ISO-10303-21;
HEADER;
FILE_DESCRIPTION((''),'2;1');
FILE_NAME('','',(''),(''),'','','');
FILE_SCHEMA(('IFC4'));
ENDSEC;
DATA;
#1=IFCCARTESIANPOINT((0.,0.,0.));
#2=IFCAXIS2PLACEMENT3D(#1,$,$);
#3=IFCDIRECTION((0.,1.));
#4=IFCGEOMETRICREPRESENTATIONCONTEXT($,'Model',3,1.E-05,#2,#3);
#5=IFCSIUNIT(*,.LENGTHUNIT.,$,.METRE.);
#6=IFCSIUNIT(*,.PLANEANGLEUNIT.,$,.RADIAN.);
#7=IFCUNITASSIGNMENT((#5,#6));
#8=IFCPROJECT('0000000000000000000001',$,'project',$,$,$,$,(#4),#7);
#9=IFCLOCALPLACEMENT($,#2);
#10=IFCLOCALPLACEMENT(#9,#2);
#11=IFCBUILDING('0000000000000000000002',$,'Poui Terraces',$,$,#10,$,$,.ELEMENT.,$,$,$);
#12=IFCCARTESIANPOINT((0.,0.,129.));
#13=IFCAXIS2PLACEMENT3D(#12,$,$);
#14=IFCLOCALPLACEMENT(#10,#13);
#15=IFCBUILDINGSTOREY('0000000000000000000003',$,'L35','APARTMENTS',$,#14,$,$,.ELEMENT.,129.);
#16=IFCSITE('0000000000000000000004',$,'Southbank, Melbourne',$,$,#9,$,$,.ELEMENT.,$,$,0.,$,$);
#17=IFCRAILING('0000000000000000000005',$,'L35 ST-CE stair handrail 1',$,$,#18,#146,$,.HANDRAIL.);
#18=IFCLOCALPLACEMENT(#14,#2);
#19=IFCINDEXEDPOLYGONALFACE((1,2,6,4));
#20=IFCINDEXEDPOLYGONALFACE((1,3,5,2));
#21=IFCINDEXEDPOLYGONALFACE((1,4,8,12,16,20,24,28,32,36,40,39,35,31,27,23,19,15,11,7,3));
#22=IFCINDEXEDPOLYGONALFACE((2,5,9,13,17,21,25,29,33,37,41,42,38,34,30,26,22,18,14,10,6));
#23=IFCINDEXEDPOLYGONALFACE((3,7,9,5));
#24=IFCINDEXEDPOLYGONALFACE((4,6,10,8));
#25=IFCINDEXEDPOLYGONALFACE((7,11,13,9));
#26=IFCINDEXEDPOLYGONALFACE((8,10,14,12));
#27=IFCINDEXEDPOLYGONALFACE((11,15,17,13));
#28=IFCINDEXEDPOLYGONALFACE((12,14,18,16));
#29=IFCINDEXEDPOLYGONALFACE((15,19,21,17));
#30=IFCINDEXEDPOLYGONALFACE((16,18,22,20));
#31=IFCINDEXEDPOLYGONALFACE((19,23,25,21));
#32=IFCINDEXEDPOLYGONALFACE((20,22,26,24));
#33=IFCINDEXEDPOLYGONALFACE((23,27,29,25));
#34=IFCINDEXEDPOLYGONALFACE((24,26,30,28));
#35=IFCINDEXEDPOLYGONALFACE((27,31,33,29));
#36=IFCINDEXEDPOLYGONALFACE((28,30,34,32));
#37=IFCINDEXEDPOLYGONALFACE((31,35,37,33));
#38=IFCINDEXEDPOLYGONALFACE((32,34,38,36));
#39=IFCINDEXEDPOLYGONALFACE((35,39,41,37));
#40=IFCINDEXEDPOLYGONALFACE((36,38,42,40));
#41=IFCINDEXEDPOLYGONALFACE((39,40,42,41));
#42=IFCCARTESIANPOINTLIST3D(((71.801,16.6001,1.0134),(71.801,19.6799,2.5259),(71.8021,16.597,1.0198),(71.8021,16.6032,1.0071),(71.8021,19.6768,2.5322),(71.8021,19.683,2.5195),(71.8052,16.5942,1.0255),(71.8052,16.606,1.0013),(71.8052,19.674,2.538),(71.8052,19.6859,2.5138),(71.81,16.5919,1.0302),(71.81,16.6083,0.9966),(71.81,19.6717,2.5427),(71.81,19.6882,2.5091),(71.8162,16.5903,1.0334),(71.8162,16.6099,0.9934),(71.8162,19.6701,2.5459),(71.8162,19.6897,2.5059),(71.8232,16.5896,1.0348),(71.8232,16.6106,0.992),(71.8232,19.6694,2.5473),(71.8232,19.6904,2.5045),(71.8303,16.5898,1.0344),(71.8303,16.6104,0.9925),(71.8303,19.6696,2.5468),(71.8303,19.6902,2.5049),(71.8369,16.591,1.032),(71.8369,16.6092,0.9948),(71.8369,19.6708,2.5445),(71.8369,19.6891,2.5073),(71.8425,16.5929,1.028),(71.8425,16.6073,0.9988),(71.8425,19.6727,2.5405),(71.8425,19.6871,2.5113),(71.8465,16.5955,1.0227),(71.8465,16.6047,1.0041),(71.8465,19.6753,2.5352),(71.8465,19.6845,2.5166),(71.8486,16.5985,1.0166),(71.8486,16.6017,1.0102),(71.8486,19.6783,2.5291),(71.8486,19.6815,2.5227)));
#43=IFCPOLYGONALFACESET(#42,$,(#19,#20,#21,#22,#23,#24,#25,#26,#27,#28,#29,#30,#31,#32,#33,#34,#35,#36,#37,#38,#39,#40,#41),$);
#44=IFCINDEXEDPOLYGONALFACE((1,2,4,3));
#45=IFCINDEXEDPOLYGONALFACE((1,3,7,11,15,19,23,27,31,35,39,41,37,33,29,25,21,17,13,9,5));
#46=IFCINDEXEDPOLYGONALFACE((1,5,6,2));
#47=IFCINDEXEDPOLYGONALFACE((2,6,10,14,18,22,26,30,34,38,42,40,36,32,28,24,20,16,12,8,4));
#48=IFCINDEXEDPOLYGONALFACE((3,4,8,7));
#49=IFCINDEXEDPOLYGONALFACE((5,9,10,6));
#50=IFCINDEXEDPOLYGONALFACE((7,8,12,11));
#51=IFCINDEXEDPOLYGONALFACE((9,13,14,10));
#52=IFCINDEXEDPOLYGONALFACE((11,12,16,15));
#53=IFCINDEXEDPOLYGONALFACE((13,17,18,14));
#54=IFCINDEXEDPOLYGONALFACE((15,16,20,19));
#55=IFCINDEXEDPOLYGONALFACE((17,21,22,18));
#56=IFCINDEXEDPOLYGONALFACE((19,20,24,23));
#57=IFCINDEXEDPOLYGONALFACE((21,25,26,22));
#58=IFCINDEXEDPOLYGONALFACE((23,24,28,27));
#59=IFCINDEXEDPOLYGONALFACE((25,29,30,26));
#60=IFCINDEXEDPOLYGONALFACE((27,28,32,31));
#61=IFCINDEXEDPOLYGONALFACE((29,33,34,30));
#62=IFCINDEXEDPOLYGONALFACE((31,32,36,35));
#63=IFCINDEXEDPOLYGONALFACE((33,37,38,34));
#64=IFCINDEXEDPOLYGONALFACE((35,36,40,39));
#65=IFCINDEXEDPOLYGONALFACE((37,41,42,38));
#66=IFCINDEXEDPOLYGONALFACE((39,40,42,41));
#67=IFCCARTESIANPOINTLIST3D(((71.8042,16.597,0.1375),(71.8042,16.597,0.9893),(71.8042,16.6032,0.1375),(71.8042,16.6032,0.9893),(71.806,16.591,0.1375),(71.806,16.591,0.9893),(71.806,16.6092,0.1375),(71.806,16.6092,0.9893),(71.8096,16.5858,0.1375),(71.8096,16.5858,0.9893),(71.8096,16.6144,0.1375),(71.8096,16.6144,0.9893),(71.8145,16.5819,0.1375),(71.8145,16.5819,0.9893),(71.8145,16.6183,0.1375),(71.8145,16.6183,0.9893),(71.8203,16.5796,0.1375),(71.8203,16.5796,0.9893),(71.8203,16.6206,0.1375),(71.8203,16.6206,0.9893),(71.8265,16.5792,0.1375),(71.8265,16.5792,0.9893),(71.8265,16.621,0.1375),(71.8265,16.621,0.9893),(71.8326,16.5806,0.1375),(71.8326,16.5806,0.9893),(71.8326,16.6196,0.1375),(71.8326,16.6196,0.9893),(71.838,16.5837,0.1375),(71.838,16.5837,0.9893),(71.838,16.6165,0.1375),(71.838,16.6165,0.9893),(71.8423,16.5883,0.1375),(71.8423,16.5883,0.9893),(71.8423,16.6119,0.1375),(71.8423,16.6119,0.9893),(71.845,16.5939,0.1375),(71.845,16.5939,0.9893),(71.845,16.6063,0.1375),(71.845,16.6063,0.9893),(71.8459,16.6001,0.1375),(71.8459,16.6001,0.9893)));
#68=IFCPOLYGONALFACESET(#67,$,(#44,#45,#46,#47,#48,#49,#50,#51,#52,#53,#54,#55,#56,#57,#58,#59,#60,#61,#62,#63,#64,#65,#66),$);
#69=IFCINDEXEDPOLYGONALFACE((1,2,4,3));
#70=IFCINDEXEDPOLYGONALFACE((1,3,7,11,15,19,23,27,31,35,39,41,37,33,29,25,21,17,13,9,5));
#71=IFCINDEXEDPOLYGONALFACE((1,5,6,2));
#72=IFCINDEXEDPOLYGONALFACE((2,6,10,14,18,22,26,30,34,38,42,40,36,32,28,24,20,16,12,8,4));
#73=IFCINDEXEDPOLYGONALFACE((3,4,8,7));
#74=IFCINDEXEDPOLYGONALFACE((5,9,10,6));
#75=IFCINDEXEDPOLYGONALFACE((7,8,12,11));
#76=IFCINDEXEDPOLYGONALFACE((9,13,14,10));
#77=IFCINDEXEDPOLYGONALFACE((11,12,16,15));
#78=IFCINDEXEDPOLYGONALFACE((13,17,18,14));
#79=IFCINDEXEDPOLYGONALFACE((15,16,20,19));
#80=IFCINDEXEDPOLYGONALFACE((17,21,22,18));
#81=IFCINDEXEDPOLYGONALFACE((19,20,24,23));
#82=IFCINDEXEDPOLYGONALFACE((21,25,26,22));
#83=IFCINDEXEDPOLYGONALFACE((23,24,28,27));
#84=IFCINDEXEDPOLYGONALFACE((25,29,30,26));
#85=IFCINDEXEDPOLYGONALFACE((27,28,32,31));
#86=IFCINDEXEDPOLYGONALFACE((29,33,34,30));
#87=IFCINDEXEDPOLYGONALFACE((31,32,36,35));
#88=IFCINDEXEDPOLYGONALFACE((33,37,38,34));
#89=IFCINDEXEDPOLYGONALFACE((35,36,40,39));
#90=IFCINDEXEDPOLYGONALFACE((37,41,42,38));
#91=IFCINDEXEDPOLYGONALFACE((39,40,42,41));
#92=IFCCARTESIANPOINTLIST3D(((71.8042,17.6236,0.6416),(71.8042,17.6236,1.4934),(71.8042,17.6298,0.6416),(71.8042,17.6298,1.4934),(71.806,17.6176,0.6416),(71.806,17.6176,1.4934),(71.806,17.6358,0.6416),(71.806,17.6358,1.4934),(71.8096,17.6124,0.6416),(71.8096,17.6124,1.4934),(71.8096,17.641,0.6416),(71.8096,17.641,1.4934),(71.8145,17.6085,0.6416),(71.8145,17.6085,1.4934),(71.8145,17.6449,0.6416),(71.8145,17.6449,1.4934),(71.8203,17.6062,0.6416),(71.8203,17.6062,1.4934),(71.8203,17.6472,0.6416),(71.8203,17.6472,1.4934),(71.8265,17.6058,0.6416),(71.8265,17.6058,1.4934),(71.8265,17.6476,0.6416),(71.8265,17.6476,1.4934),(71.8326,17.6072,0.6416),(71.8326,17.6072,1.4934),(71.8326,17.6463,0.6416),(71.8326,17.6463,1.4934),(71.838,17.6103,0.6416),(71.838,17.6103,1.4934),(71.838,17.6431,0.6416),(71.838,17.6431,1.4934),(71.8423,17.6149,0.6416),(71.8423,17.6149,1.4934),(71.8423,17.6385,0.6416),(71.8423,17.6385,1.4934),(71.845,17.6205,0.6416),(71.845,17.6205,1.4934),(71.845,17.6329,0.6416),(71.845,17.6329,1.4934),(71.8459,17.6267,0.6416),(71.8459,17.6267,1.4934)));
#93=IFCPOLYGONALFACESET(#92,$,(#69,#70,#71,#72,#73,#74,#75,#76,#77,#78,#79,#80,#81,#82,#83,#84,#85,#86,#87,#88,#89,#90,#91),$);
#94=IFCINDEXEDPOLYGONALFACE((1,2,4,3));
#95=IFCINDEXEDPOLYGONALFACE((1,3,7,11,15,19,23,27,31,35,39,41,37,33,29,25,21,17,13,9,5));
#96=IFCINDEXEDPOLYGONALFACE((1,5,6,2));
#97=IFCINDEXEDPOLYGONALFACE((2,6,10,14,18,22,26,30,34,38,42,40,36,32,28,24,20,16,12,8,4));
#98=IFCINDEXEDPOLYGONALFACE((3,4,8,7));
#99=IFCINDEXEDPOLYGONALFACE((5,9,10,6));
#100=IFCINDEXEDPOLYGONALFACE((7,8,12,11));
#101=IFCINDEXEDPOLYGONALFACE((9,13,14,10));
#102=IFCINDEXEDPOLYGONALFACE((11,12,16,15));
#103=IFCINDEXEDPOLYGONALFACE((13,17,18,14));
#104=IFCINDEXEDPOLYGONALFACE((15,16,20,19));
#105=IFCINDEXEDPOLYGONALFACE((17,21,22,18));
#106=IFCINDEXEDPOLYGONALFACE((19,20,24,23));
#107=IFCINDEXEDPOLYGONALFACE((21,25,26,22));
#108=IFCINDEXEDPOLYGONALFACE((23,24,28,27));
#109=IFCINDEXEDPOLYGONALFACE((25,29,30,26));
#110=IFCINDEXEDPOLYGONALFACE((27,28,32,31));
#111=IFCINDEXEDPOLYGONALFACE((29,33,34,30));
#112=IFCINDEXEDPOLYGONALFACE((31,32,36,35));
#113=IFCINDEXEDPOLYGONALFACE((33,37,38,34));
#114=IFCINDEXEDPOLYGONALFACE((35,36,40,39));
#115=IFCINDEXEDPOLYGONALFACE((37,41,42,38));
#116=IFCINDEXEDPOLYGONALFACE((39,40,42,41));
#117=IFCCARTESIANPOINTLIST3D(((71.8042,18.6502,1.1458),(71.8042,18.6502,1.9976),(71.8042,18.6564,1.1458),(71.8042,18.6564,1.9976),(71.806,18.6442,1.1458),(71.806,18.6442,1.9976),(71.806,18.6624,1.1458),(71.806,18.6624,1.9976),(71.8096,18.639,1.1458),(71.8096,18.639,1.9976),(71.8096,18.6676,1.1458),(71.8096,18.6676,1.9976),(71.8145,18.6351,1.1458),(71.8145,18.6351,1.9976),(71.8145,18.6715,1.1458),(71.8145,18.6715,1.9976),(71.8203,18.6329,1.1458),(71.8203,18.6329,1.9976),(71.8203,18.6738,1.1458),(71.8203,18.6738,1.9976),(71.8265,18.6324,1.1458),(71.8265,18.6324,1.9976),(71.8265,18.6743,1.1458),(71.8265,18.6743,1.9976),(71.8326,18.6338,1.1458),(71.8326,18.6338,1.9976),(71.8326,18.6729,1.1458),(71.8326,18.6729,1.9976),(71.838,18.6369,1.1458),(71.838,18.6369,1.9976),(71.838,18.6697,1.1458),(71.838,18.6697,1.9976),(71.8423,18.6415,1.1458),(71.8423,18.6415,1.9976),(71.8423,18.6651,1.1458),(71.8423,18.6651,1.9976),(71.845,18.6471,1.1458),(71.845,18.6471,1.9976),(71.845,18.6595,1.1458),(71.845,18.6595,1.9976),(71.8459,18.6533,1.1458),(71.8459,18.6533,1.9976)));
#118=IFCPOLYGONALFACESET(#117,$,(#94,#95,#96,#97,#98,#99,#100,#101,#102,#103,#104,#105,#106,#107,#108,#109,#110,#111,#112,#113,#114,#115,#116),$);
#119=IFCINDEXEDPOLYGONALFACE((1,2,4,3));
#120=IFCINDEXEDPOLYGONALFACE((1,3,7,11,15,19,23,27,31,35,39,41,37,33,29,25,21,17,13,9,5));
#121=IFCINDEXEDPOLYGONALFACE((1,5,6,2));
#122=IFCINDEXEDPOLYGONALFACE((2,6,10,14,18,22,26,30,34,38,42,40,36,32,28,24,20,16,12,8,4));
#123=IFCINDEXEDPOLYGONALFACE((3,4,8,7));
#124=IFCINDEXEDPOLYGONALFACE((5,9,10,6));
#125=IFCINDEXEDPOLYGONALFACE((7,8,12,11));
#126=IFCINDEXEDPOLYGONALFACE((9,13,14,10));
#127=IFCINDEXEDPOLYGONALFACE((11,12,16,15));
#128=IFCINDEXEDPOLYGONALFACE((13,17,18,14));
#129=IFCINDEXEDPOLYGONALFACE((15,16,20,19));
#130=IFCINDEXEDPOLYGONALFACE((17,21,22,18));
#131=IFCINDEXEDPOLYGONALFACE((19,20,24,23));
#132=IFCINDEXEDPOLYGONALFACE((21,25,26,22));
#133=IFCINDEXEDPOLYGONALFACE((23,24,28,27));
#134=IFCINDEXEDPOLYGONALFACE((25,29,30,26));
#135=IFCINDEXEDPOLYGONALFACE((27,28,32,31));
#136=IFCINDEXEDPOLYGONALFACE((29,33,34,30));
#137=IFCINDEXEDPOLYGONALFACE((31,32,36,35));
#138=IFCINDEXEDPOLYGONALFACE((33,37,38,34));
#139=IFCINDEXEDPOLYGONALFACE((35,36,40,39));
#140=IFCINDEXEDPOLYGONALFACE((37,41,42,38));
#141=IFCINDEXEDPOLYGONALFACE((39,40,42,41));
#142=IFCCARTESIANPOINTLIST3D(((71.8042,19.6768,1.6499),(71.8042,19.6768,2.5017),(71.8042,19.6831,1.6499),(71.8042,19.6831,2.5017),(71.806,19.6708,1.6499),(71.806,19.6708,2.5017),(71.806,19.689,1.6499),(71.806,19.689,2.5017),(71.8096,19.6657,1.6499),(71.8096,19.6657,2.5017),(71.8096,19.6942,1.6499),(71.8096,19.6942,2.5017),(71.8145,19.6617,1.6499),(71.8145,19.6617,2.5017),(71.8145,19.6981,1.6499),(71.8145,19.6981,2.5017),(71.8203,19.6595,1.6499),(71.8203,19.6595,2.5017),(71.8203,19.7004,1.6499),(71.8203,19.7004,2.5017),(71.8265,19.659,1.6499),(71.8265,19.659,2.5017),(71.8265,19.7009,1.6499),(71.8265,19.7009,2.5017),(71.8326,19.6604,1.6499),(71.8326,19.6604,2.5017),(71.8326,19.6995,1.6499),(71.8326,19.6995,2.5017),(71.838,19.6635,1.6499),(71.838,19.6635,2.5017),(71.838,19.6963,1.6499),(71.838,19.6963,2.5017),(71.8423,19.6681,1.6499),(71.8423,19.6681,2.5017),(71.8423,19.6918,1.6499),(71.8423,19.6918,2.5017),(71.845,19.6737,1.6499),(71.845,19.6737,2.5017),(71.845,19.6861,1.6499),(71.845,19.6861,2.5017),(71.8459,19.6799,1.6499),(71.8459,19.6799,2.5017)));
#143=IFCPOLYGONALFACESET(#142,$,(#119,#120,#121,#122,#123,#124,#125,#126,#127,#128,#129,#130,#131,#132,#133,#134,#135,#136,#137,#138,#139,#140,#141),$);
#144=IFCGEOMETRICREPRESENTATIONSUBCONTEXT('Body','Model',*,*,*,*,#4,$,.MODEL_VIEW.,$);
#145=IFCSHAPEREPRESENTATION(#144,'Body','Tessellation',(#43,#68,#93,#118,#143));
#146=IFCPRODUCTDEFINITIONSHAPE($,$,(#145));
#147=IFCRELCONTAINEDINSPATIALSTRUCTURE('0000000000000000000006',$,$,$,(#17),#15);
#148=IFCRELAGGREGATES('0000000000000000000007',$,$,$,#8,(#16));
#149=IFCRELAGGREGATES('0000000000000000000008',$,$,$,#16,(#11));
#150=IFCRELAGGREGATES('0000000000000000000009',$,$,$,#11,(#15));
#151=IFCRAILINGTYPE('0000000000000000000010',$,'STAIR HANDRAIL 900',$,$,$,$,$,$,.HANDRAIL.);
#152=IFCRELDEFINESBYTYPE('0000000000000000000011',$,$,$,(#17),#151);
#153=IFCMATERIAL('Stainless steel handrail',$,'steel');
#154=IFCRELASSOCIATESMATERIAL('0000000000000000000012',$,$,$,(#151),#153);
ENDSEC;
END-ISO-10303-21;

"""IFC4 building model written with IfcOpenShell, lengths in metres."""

from ifc_helpers import new_model, si_unit, direction, frame, origin, origin_2d, place, context, subcontext, project, spatial, circle, extrude, material, type_object, element, save


model = new_model("IFC4")

# Units and contexts
model_context = context("Model", 3, precision=1e-05, world=origin(), true_north=direction((0.0, 1.0)))
body_context = subcontext(model_context, "Body", "Model", "MODEL_VIEW")
ifc_project = project(units=[si_unit("LENGTHUNIT", "METRE"), si_unit("PLANEANGLEUNIT", "RADIAN")], contexts=[model_context])

# Site, building, storey
site_placement = place(None, origin())
site = spatial("IfcSite", under=ifc_project, at=site_placement, Name="Southbank, Melbourne", CompositionType="ELEMENT", RefElevation=0.0)
building_placement = place(site_placement, origin())
building = spatial("IfcBuilding", under=site, at=building_placement, Name="Poui Terraces", CompositionType="ELEMENT")
storey_placement = place(building_placement, frame((0.0, 0.0, 129.0)))
storey = spatial("IfcBuildingStorey", under=building, at=storey_placement, Name="L35", Description="APARTMENTS", CompositionType="ELEMENT", Elevation=129.0)

# Railing
ifc_material_1 = material(Name="Stainless steel handrail", Category="steel")
railing_type_1 = type_object("IfcRailingType", Name="STAIR HANDRAIL 900", PredefinedType="HANDRAIL", material=ifc_material_1)
railing_1_placement = place(storey_placement, frame((71.825, 16.6001, 0.1375)))
element("IfcRailing", 1, at=railing_1_placement, inside=storey, type_object=railing_type_1, Name="L35 ST-CE stair handrail 1", PredefinedType="HANDRAIL", context=body_context, shape_type="SweptSolid", body=[
    extrude(circle(Radius=0.0239, at=origin_2d()), frame((0.0, 0.0, 0.876), z_axis=(0.0, 0.897606, 0.440798), x_axis=(-1.0, 0.0, 0.0)), (0.0, 0.0, 1.0), 3.4312),
    extrude(circle(Radius=0.021, at=origin_2d()), origin(), (0.0, 0.0, 1.0), 0.8518),
    extrude(circle(Radius=0.021, at=origin_2d()), frame((0.0, 1.0266, 0.5042)), (0.0, 0.0, 1.0), 0.8518),
    extrude(circle(Radius=0.021, at=origin_2d()), frame((0.0, 2.0532, 1.0083)), (0.0, 0.0, 1.0), 0.8518),
    extrude(circle(Radius=0.021, at=origin_2d()), frame((0.0, 3.0798, 1.5125)), (0.0, 0.0, 1.0), 0.8518),
])

save(model, "model.ifc")
